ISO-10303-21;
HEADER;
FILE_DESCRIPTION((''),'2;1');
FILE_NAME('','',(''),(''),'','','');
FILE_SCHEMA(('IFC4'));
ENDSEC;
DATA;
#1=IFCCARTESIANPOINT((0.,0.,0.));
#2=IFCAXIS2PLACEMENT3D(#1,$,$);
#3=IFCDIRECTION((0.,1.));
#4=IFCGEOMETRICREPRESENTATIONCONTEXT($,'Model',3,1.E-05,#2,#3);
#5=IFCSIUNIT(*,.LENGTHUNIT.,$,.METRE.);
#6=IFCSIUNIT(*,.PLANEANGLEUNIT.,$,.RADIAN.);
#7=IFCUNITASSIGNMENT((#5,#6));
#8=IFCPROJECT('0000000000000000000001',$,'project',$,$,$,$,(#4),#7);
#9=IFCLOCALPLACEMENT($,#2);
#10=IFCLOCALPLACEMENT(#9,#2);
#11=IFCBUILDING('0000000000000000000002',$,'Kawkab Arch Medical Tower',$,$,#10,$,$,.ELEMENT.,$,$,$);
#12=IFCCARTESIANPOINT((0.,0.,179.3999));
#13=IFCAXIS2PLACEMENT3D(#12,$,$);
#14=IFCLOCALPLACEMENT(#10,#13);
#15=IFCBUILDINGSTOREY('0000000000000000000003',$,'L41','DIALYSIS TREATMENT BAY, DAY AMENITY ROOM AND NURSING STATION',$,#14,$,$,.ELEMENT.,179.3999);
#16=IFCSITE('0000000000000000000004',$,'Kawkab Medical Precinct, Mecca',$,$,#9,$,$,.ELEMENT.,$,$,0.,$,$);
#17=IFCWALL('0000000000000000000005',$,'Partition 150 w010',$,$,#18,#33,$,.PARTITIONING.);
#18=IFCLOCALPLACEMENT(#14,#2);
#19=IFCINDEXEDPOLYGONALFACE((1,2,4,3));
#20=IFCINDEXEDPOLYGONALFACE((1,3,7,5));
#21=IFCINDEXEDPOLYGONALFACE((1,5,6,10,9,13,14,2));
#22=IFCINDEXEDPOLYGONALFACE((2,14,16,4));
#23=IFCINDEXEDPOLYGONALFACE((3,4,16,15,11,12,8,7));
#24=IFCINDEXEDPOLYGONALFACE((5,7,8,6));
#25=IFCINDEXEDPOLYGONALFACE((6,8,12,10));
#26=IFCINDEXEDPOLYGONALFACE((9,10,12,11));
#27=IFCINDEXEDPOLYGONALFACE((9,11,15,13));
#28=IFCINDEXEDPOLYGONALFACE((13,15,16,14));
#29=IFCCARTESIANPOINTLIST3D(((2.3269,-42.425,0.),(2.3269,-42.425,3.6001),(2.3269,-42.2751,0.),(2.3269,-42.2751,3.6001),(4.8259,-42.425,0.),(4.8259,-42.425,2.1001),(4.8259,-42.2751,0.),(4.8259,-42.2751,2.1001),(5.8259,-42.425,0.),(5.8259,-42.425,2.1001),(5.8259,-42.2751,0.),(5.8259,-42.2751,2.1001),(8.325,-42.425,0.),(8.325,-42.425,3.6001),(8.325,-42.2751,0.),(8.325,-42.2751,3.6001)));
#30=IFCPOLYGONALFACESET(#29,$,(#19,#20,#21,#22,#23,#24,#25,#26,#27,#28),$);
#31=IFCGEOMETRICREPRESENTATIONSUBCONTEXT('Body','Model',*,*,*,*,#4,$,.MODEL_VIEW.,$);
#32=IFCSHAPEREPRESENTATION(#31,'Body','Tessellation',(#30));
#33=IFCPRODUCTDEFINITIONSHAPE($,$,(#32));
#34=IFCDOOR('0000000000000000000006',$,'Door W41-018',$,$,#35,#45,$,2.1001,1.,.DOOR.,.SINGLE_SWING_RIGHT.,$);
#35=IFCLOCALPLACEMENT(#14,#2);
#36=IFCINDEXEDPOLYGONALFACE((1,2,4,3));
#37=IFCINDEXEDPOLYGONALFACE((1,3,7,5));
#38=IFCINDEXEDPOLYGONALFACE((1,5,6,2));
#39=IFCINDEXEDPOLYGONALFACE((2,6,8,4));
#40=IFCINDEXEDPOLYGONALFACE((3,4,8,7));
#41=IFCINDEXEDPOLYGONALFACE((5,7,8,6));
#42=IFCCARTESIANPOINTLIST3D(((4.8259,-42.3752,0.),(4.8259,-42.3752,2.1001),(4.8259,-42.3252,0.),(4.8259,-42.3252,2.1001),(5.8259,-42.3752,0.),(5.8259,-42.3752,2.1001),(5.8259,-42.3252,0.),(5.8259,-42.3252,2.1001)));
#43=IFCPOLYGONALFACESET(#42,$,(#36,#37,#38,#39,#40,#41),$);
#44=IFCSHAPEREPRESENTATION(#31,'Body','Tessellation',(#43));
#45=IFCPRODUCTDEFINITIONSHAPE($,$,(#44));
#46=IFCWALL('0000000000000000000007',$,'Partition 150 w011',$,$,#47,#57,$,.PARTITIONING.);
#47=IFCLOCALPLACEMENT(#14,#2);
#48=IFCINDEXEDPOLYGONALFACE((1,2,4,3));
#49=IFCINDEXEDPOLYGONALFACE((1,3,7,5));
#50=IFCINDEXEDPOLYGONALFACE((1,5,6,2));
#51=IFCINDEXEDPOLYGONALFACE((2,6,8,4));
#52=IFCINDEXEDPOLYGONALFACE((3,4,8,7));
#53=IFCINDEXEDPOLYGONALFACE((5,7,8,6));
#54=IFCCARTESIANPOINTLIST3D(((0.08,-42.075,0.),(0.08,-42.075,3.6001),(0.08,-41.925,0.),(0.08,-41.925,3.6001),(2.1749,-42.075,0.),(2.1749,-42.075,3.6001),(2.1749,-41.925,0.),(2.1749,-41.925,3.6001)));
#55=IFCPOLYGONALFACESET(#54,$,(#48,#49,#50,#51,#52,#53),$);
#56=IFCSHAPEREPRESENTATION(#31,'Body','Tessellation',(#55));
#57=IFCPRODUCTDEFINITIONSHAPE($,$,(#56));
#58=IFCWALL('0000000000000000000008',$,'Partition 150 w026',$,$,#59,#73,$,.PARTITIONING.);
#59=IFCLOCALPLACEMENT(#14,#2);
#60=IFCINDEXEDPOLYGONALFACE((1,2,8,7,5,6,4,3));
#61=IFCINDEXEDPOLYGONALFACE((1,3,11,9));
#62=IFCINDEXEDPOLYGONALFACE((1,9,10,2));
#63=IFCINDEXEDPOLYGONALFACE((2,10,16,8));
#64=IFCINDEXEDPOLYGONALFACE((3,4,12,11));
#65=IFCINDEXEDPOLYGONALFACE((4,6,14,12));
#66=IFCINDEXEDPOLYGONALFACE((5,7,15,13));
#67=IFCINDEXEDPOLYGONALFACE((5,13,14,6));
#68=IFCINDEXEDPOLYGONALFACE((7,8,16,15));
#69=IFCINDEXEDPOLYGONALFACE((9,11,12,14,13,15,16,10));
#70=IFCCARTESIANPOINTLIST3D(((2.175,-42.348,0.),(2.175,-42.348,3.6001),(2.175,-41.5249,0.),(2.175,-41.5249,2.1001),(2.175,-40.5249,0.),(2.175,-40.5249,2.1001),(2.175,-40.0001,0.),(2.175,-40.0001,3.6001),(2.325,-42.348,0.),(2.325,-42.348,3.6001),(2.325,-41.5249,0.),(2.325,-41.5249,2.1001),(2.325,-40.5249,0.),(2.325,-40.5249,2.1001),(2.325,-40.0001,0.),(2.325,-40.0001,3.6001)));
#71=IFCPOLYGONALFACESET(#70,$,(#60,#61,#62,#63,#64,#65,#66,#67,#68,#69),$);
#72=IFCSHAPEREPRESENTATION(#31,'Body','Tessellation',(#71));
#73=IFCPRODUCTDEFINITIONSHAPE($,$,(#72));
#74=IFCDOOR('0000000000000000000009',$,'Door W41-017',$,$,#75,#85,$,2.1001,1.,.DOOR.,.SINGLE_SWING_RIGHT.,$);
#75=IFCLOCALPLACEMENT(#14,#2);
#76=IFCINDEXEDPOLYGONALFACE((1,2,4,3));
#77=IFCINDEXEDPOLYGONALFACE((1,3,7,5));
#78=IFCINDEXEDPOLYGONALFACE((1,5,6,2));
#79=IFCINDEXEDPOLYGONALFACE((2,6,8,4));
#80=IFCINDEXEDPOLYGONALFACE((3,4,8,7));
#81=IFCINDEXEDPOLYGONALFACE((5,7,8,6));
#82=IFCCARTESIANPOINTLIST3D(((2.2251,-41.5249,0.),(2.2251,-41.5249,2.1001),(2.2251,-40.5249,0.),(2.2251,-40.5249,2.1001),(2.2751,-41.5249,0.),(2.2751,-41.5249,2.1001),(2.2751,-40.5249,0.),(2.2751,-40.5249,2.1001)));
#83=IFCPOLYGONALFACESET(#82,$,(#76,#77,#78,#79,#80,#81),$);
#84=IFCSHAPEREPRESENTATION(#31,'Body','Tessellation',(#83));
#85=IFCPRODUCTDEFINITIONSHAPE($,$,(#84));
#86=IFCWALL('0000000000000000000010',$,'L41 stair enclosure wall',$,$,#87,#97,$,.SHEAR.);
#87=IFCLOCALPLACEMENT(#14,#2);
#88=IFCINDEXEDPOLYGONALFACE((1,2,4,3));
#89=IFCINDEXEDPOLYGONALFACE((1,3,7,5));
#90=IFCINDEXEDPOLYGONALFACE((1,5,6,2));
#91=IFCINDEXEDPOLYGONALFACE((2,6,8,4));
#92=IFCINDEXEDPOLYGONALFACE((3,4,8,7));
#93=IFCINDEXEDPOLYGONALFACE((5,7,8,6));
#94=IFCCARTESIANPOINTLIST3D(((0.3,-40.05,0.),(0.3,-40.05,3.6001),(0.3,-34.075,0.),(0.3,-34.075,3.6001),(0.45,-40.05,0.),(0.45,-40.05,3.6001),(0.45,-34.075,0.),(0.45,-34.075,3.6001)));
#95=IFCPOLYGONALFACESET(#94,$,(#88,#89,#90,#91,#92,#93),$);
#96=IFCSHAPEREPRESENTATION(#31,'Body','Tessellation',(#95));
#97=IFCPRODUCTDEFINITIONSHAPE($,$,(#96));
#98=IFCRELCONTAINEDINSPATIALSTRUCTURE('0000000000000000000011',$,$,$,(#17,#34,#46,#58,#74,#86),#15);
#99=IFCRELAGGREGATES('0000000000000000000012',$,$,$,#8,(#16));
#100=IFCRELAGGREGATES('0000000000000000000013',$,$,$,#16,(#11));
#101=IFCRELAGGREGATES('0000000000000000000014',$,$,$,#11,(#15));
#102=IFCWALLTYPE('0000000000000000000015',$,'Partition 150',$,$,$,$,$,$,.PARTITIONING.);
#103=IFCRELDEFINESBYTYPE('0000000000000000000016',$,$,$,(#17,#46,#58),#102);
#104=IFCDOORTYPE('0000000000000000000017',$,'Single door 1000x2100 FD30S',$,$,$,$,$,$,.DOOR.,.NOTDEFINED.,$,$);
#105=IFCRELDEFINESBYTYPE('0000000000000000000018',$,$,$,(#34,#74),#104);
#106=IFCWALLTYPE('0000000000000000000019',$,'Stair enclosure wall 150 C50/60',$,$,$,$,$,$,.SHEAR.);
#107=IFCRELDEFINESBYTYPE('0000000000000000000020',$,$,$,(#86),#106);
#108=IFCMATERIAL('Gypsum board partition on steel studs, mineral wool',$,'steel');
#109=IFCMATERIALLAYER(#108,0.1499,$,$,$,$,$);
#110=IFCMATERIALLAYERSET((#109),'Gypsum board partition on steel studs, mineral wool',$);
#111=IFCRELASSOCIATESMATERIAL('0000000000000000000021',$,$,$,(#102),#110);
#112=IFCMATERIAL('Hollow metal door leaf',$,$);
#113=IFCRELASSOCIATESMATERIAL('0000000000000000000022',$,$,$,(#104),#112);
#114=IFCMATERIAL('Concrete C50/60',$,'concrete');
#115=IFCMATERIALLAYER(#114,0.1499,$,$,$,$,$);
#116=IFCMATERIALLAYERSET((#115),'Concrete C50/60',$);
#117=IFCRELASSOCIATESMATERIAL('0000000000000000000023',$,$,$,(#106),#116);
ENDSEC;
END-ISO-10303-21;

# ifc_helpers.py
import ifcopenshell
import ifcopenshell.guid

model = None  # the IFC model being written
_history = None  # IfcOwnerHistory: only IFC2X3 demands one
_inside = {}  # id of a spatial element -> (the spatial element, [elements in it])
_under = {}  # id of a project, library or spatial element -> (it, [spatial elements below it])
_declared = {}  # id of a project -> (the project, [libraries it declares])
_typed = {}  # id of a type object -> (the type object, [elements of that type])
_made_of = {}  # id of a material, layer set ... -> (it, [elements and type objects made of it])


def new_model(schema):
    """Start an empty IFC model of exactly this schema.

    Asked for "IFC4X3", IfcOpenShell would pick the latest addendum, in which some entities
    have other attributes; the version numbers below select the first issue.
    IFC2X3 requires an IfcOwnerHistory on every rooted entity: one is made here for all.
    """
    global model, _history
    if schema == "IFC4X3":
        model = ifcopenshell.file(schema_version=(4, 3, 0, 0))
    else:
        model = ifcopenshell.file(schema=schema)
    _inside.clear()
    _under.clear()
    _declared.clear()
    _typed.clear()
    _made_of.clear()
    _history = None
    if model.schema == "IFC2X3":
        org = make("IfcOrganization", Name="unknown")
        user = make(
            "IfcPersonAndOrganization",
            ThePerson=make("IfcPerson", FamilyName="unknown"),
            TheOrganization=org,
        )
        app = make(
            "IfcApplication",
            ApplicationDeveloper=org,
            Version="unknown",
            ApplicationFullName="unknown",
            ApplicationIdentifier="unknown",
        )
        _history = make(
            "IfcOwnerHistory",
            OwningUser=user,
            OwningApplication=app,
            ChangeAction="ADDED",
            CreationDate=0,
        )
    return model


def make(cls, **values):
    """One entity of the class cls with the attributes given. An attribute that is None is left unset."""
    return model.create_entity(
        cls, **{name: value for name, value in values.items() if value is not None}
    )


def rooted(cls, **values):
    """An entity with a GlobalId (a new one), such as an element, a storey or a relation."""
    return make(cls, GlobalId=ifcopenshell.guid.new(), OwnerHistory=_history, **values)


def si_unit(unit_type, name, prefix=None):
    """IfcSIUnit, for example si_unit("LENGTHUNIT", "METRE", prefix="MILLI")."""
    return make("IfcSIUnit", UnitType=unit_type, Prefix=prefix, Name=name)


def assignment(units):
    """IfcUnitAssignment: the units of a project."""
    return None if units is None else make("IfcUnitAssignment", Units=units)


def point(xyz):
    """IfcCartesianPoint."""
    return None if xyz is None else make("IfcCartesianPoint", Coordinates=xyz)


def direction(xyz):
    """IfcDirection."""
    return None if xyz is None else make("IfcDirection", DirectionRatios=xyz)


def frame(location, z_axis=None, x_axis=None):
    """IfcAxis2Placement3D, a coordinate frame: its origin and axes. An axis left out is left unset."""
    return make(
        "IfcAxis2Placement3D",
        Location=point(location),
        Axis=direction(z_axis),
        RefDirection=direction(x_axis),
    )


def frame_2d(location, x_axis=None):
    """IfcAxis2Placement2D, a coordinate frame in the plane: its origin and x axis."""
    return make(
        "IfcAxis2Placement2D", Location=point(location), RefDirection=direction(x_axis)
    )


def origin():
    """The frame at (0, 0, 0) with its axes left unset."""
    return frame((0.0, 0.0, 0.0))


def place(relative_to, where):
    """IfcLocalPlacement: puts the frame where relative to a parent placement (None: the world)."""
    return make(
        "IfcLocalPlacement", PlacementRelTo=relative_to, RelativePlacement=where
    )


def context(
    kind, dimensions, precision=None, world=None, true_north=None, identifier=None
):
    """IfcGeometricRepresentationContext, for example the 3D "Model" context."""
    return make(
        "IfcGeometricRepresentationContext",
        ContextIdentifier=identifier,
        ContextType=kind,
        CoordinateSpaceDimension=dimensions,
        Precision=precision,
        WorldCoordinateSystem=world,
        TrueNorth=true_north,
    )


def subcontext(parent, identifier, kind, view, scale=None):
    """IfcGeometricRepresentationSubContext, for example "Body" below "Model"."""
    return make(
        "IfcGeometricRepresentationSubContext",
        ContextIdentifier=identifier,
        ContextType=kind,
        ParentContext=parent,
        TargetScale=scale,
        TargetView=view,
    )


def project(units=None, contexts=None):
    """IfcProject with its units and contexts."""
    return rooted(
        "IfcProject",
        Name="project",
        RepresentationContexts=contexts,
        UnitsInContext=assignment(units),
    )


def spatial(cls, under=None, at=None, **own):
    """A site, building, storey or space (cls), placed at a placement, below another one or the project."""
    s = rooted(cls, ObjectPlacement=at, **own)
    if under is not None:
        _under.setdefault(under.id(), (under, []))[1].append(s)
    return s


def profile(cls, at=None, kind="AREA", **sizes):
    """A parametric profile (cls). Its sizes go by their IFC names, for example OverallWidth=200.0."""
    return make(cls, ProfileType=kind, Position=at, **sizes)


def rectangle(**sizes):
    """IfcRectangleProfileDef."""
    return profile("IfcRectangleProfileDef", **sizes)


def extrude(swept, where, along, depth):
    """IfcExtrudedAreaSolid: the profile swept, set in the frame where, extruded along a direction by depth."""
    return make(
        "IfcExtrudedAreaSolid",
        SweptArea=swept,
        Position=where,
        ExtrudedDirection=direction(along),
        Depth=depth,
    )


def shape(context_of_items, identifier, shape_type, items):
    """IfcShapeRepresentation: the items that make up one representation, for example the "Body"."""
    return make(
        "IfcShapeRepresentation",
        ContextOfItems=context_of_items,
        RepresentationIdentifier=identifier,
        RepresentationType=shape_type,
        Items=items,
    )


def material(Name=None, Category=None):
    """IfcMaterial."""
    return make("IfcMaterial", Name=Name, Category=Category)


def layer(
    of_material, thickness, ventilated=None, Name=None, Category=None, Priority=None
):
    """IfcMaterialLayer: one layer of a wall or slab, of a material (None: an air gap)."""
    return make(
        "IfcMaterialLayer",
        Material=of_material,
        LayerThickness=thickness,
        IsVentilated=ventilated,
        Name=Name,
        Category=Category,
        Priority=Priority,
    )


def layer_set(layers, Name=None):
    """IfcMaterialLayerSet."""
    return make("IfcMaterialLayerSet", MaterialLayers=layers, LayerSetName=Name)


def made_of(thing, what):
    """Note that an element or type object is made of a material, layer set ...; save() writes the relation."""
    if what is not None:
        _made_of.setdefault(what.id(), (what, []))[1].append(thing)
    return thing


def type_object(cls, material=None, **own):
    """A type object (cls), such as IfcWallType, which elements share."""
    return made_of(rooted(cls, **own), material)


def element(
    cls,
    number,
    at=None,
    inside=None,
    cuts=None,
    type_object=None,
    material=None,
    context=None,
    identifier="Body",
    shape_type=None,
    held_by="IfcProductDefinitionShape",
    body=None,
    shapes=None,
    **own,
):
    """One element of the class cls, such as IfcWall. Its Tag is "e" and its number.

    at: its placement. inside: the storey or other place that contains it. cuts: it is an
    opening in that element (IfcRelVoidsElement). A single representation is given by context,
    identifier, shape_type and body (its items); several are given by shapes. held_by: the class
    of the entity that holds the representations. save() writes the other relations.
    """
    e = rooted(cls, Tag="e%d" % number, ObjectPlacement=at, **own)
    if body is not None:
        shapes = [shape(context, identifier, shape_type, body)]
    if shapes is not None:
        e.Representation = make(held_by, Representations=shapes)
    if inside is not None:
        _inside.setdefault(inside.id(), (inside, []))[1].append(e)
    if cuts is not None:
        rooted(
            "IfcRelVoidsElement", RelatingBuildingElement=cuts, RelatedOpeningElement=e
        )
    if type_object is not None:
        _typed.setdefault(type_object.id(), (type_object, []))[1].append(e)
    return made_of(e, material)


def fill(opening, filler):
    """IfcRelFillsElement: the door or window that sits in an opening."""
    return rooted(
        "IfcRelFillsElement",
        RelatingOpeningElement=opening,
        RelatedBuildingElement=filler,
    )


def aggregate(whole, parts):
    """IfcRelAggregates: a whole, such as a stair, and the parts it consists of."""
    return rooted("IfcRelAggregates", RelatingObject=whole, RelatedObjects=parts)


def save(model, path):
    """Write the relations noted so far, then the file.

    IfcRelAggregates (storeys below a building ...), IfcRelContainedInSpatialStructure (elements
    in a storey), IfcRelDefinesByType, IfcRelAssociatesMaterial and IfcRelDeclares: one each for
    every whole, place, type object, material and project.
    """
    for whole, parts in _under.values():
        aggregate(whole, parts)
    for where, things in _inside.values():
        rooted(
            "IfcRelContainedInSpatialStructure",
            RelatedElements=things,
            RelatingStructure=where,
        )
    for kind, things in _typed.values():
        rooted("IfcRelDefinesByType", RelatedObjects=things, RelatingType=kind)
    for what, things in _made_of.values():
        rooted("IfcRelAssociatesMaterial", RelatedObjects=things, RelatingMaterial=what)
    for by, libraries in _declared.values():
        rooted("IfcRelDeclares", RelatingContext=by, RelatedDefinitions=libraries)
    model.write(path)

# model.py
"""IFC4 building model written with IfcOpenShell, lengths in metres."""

from ifc_helpers import new_model, si_unit, direction, frame, frame_2d, origin, place, context, subcontext, project, spatial, rectangle, extrude, material, layer, layer_set, type_object, element, fill, save


model = new_model("IFC4")

# Units and contexts
model_context = context("Model", 3, precision=1e-05, world=origin(), true_north=direction((0.0, 1.0)))
body_context = subcontext(model_context, "Body", "Model", "MODEL_VIEW")
ifc_project = project(units=[si_unit("LENGTHUNIT", "METRE"), si_unit("PLANEANGLEUNIT", "RADIAN")], contexts=[model_context])

# Site, building, storey
site_placement = place(None, origin())
site = spatial("IfcSite", under=ifc_project, at=site_placement, Name="Kawkab Medical Precinct, Mecca", CompositionType="ELEMENT", RefElevation=0.0)
building_placement = place(site_placement, origin())
building = spatial("IfcBuilding", under=site, at=building_placement, Name="Kawkab Arch Medical Tower", CompositionType="ELEMENT")
storey_placement = place(building_placement, frame((0.0, 0.0, 179.3999)))
storey = spatial("IfcBuildingStorey", under=building, at=storey_placement, Name="L41", Description="DIALYSIS TREATMENT BAY, DAY AMENITY ROOM AND NURSING STATION", CompositionType="ELEMENT", Elevation=179.3999)

# Shared definitions
ifc_material_1 = material(Name="Gypsum board partition on steel studs, mineral wool", Category="steel")
ifc_layer_1 = layer(ifc_material_1, 0.1499)
ifc_layer_set_1 = layer_set([ifc_layer_1], Name="Gypsum board partition on steel studs, mineral wool")
wall_type_1 = type_object("IfcWallType", Name="Partition 150", PredefinedType="PARTITIONING", material=ifc_layer_set_1)

# Wall, opening, door
wall_1_placement = place(storey_placement, frame((2.3269, -42.3501, 0.0), z_axis=(0.0, 0.0, 1.0), x_axis=(1.0, 0.0, 0.0)))
wall_1 = element("IfcWall", 1, at=wall_1_placement, inside=storey, type_object=wall_type_1, Name="Partition 150 w010", PredefinedType="PARTITIONING", context=body_context, shape_type="SweptSolid", body=[
    extrude(rectangle(XDim=5.998, YDim=0.1499, at=frame_2d((2.999, 0.0))), origin(), (0.0, 0.0, 1.0), 3.6001),
])
opening_1_placement = place(wall_1_placement, frame((2.499, 0.0, 0.0)))
opening_1 = element("IfcOpeningElement", 2, at=opening_1_placement, cuts=wall_1, PredefinedType="OPENING", context=body_context, shape_type="SweptSolid", body=[
    extrude(rectangle(XDim=1.0, YDim=2.1001, at=frame_2d((0.5, 1.05))), frame((0.0, 0.085, 0.0), z_axis=(0.0, -1.0, 0.0), x_axis=(1.0, 0.0, 0.0)), (0.0, 0.0, 1.0), 0.1699),
])
ifc_material_2 = material(Name="Hollow metal door leaf")
door_type = type_object("IfcDoorType", Name="Single door 1000x2100 FD30S", OperationType="NOTDEFINED", PredefinedType="DOOR", material=ifc_material_2)
door_1_placement = place(opening_1_placement, origin())
door_1 = element("IfcDoor", 3, at=door_1_placement, inside=storey, type_object=door_type, Name="Door W41-018", OperationType="SINGLE_SWING_RIGHT", OverallHeight=2.1001, OverallWidth=1.0, PredefinedType="DOOR", context=body_context, shape_type="SweptSolid", body=[
    extrude(rectangle(XDim=1.0, YDim=2.1001, at=frame_2d((0.5, 1.05))), frame((0.0, 0.0249, 0.0), z_axis=(0.0, -1.0, 0.0), x_axis=(1.0, 0.0, 0.0)), (0.0, 0.0, 1.0), 0.05),
])
fill(opening_1, door_1)

# Wall
wall_2_placement = place(storey_placement, frame((0.0801, -42.0, 0.0), z_axis=(0.0, 0.0, 1.0), x_axis=(1.0, 0.0, 0.0)))
element("IfcWall", 4, at=wall_2_placement, inside=storey, type_object=wall_type_1, Name="Partition 150 w011", PredefinedType="PARTITIONING", context=body_context, shape_type="SweptSolid", body=[
    extrude(rectangle(XDim=2.095, YDim=0.1499, at=frame_2d((1.0474, 0.0))), origin(), (0.0, 0.0, 1.0), 3.6001),
])

# Wall, opening, door
wall_3_placement = place(storey_placement, frame((2.25, -42.3479, 0.0), z_axis=(0.0, 0.0, 1.0), x_axis=(0.0, 1.0, 0.0)))
wall_3 = element("IfcWall", 5, at=wall_3_placement, inside=storey, type_object=wall_type_1, Name="Partition 150 w026", PredefinedType="PARTITIONING", context=body_context, shape_type="SweptSolid", body=[
    extrude(rectangle(XDim=2.3479, YDim=0.1499, at=frame_2d((1.1738, 0.0))), origin(), (0.0, 0.0, 1.0), 3.6001),
])
opening_2_placement = place(wall_3_placement, frame((0.823, 0.0, 0.0)))
opening_2 = element("IfcOpeningElement", 6, at=opening_2_placement, cuts=wall_3, PredefinedType="OPENING", context=body_context, shape_type="SweptSolid", body=[
    extrude(rectangle(XDim=1.0, YDim=2.1001, at=frame_2d((0.5, 1.05))), frame((0.0, 0.085, 0.0), z_axis=(0.0, -1.0, 0.0), x_axis=(1.0, 0.0, 0.0)), (0.0, 0.0, 1.0), 0.1699),
])
door_2_placement = place(opening_2_placement, origin())
door_2 = element("IfcDoor", 7, at=door_2_placement, inside=storey, type_object=door_type, Name="Door W41-017", OperationType="SINGLE_SWING_RIGHT", OverallHeight=2.1001, OverallWidth=1.0, PredefinedType="DOOR", context=body_context, shape_type="SweptSolid", body=[
    extrude(rectangle(XDim=1.0, YDim=2.1001, at=frame_2d((0.5, 1.05))), frame((0.0, 0.0249, 0.0), z_axis=(0.0, -1.0, 0.0), x_axis=(1.0, 0.0, 0.0)), (0.0, 0.0, 1.0), 0.05),
])
fill(opening_2, door_2)

# Wall
ifc_material_3 = material(Name="Concrete C50/60", Category="concrete")
ifc_layer_2 = layer(ifc_material_3, 0.1499)
ifc_layer_set_2 = layer_set([ifc_layer_2], Name="Concrete C50/60")
wall_type_2 = type_object("IfcWallType", Name="Stair enclosure wall 150 C50/60", PredefinedType="SHEAR", material=ifc_layer_set_2)
wall_4_placement = place(storey_placement, frame((0.375, -40.05, 0.0), z_axis=(0.0, 0.0, 1.0), x_axis=(0.0, 1.0, 0.0)))
element("IfcWall", 8, at=wall_4_placement, inside=storey, type_object=wall_type_2, Name="L41 stair enclosure wall", PredefinedType="SHEAR", context=body_context, shape_type="SweptSolid", body=[
    extrude(rectangle(XDim=5.9751, YDim=0.1499, at=frame_2d((2.9875, 0.0))), origin(), (0.0, 0.0, 1.0), 3.6001),
])

save(model, "model.ifc")
